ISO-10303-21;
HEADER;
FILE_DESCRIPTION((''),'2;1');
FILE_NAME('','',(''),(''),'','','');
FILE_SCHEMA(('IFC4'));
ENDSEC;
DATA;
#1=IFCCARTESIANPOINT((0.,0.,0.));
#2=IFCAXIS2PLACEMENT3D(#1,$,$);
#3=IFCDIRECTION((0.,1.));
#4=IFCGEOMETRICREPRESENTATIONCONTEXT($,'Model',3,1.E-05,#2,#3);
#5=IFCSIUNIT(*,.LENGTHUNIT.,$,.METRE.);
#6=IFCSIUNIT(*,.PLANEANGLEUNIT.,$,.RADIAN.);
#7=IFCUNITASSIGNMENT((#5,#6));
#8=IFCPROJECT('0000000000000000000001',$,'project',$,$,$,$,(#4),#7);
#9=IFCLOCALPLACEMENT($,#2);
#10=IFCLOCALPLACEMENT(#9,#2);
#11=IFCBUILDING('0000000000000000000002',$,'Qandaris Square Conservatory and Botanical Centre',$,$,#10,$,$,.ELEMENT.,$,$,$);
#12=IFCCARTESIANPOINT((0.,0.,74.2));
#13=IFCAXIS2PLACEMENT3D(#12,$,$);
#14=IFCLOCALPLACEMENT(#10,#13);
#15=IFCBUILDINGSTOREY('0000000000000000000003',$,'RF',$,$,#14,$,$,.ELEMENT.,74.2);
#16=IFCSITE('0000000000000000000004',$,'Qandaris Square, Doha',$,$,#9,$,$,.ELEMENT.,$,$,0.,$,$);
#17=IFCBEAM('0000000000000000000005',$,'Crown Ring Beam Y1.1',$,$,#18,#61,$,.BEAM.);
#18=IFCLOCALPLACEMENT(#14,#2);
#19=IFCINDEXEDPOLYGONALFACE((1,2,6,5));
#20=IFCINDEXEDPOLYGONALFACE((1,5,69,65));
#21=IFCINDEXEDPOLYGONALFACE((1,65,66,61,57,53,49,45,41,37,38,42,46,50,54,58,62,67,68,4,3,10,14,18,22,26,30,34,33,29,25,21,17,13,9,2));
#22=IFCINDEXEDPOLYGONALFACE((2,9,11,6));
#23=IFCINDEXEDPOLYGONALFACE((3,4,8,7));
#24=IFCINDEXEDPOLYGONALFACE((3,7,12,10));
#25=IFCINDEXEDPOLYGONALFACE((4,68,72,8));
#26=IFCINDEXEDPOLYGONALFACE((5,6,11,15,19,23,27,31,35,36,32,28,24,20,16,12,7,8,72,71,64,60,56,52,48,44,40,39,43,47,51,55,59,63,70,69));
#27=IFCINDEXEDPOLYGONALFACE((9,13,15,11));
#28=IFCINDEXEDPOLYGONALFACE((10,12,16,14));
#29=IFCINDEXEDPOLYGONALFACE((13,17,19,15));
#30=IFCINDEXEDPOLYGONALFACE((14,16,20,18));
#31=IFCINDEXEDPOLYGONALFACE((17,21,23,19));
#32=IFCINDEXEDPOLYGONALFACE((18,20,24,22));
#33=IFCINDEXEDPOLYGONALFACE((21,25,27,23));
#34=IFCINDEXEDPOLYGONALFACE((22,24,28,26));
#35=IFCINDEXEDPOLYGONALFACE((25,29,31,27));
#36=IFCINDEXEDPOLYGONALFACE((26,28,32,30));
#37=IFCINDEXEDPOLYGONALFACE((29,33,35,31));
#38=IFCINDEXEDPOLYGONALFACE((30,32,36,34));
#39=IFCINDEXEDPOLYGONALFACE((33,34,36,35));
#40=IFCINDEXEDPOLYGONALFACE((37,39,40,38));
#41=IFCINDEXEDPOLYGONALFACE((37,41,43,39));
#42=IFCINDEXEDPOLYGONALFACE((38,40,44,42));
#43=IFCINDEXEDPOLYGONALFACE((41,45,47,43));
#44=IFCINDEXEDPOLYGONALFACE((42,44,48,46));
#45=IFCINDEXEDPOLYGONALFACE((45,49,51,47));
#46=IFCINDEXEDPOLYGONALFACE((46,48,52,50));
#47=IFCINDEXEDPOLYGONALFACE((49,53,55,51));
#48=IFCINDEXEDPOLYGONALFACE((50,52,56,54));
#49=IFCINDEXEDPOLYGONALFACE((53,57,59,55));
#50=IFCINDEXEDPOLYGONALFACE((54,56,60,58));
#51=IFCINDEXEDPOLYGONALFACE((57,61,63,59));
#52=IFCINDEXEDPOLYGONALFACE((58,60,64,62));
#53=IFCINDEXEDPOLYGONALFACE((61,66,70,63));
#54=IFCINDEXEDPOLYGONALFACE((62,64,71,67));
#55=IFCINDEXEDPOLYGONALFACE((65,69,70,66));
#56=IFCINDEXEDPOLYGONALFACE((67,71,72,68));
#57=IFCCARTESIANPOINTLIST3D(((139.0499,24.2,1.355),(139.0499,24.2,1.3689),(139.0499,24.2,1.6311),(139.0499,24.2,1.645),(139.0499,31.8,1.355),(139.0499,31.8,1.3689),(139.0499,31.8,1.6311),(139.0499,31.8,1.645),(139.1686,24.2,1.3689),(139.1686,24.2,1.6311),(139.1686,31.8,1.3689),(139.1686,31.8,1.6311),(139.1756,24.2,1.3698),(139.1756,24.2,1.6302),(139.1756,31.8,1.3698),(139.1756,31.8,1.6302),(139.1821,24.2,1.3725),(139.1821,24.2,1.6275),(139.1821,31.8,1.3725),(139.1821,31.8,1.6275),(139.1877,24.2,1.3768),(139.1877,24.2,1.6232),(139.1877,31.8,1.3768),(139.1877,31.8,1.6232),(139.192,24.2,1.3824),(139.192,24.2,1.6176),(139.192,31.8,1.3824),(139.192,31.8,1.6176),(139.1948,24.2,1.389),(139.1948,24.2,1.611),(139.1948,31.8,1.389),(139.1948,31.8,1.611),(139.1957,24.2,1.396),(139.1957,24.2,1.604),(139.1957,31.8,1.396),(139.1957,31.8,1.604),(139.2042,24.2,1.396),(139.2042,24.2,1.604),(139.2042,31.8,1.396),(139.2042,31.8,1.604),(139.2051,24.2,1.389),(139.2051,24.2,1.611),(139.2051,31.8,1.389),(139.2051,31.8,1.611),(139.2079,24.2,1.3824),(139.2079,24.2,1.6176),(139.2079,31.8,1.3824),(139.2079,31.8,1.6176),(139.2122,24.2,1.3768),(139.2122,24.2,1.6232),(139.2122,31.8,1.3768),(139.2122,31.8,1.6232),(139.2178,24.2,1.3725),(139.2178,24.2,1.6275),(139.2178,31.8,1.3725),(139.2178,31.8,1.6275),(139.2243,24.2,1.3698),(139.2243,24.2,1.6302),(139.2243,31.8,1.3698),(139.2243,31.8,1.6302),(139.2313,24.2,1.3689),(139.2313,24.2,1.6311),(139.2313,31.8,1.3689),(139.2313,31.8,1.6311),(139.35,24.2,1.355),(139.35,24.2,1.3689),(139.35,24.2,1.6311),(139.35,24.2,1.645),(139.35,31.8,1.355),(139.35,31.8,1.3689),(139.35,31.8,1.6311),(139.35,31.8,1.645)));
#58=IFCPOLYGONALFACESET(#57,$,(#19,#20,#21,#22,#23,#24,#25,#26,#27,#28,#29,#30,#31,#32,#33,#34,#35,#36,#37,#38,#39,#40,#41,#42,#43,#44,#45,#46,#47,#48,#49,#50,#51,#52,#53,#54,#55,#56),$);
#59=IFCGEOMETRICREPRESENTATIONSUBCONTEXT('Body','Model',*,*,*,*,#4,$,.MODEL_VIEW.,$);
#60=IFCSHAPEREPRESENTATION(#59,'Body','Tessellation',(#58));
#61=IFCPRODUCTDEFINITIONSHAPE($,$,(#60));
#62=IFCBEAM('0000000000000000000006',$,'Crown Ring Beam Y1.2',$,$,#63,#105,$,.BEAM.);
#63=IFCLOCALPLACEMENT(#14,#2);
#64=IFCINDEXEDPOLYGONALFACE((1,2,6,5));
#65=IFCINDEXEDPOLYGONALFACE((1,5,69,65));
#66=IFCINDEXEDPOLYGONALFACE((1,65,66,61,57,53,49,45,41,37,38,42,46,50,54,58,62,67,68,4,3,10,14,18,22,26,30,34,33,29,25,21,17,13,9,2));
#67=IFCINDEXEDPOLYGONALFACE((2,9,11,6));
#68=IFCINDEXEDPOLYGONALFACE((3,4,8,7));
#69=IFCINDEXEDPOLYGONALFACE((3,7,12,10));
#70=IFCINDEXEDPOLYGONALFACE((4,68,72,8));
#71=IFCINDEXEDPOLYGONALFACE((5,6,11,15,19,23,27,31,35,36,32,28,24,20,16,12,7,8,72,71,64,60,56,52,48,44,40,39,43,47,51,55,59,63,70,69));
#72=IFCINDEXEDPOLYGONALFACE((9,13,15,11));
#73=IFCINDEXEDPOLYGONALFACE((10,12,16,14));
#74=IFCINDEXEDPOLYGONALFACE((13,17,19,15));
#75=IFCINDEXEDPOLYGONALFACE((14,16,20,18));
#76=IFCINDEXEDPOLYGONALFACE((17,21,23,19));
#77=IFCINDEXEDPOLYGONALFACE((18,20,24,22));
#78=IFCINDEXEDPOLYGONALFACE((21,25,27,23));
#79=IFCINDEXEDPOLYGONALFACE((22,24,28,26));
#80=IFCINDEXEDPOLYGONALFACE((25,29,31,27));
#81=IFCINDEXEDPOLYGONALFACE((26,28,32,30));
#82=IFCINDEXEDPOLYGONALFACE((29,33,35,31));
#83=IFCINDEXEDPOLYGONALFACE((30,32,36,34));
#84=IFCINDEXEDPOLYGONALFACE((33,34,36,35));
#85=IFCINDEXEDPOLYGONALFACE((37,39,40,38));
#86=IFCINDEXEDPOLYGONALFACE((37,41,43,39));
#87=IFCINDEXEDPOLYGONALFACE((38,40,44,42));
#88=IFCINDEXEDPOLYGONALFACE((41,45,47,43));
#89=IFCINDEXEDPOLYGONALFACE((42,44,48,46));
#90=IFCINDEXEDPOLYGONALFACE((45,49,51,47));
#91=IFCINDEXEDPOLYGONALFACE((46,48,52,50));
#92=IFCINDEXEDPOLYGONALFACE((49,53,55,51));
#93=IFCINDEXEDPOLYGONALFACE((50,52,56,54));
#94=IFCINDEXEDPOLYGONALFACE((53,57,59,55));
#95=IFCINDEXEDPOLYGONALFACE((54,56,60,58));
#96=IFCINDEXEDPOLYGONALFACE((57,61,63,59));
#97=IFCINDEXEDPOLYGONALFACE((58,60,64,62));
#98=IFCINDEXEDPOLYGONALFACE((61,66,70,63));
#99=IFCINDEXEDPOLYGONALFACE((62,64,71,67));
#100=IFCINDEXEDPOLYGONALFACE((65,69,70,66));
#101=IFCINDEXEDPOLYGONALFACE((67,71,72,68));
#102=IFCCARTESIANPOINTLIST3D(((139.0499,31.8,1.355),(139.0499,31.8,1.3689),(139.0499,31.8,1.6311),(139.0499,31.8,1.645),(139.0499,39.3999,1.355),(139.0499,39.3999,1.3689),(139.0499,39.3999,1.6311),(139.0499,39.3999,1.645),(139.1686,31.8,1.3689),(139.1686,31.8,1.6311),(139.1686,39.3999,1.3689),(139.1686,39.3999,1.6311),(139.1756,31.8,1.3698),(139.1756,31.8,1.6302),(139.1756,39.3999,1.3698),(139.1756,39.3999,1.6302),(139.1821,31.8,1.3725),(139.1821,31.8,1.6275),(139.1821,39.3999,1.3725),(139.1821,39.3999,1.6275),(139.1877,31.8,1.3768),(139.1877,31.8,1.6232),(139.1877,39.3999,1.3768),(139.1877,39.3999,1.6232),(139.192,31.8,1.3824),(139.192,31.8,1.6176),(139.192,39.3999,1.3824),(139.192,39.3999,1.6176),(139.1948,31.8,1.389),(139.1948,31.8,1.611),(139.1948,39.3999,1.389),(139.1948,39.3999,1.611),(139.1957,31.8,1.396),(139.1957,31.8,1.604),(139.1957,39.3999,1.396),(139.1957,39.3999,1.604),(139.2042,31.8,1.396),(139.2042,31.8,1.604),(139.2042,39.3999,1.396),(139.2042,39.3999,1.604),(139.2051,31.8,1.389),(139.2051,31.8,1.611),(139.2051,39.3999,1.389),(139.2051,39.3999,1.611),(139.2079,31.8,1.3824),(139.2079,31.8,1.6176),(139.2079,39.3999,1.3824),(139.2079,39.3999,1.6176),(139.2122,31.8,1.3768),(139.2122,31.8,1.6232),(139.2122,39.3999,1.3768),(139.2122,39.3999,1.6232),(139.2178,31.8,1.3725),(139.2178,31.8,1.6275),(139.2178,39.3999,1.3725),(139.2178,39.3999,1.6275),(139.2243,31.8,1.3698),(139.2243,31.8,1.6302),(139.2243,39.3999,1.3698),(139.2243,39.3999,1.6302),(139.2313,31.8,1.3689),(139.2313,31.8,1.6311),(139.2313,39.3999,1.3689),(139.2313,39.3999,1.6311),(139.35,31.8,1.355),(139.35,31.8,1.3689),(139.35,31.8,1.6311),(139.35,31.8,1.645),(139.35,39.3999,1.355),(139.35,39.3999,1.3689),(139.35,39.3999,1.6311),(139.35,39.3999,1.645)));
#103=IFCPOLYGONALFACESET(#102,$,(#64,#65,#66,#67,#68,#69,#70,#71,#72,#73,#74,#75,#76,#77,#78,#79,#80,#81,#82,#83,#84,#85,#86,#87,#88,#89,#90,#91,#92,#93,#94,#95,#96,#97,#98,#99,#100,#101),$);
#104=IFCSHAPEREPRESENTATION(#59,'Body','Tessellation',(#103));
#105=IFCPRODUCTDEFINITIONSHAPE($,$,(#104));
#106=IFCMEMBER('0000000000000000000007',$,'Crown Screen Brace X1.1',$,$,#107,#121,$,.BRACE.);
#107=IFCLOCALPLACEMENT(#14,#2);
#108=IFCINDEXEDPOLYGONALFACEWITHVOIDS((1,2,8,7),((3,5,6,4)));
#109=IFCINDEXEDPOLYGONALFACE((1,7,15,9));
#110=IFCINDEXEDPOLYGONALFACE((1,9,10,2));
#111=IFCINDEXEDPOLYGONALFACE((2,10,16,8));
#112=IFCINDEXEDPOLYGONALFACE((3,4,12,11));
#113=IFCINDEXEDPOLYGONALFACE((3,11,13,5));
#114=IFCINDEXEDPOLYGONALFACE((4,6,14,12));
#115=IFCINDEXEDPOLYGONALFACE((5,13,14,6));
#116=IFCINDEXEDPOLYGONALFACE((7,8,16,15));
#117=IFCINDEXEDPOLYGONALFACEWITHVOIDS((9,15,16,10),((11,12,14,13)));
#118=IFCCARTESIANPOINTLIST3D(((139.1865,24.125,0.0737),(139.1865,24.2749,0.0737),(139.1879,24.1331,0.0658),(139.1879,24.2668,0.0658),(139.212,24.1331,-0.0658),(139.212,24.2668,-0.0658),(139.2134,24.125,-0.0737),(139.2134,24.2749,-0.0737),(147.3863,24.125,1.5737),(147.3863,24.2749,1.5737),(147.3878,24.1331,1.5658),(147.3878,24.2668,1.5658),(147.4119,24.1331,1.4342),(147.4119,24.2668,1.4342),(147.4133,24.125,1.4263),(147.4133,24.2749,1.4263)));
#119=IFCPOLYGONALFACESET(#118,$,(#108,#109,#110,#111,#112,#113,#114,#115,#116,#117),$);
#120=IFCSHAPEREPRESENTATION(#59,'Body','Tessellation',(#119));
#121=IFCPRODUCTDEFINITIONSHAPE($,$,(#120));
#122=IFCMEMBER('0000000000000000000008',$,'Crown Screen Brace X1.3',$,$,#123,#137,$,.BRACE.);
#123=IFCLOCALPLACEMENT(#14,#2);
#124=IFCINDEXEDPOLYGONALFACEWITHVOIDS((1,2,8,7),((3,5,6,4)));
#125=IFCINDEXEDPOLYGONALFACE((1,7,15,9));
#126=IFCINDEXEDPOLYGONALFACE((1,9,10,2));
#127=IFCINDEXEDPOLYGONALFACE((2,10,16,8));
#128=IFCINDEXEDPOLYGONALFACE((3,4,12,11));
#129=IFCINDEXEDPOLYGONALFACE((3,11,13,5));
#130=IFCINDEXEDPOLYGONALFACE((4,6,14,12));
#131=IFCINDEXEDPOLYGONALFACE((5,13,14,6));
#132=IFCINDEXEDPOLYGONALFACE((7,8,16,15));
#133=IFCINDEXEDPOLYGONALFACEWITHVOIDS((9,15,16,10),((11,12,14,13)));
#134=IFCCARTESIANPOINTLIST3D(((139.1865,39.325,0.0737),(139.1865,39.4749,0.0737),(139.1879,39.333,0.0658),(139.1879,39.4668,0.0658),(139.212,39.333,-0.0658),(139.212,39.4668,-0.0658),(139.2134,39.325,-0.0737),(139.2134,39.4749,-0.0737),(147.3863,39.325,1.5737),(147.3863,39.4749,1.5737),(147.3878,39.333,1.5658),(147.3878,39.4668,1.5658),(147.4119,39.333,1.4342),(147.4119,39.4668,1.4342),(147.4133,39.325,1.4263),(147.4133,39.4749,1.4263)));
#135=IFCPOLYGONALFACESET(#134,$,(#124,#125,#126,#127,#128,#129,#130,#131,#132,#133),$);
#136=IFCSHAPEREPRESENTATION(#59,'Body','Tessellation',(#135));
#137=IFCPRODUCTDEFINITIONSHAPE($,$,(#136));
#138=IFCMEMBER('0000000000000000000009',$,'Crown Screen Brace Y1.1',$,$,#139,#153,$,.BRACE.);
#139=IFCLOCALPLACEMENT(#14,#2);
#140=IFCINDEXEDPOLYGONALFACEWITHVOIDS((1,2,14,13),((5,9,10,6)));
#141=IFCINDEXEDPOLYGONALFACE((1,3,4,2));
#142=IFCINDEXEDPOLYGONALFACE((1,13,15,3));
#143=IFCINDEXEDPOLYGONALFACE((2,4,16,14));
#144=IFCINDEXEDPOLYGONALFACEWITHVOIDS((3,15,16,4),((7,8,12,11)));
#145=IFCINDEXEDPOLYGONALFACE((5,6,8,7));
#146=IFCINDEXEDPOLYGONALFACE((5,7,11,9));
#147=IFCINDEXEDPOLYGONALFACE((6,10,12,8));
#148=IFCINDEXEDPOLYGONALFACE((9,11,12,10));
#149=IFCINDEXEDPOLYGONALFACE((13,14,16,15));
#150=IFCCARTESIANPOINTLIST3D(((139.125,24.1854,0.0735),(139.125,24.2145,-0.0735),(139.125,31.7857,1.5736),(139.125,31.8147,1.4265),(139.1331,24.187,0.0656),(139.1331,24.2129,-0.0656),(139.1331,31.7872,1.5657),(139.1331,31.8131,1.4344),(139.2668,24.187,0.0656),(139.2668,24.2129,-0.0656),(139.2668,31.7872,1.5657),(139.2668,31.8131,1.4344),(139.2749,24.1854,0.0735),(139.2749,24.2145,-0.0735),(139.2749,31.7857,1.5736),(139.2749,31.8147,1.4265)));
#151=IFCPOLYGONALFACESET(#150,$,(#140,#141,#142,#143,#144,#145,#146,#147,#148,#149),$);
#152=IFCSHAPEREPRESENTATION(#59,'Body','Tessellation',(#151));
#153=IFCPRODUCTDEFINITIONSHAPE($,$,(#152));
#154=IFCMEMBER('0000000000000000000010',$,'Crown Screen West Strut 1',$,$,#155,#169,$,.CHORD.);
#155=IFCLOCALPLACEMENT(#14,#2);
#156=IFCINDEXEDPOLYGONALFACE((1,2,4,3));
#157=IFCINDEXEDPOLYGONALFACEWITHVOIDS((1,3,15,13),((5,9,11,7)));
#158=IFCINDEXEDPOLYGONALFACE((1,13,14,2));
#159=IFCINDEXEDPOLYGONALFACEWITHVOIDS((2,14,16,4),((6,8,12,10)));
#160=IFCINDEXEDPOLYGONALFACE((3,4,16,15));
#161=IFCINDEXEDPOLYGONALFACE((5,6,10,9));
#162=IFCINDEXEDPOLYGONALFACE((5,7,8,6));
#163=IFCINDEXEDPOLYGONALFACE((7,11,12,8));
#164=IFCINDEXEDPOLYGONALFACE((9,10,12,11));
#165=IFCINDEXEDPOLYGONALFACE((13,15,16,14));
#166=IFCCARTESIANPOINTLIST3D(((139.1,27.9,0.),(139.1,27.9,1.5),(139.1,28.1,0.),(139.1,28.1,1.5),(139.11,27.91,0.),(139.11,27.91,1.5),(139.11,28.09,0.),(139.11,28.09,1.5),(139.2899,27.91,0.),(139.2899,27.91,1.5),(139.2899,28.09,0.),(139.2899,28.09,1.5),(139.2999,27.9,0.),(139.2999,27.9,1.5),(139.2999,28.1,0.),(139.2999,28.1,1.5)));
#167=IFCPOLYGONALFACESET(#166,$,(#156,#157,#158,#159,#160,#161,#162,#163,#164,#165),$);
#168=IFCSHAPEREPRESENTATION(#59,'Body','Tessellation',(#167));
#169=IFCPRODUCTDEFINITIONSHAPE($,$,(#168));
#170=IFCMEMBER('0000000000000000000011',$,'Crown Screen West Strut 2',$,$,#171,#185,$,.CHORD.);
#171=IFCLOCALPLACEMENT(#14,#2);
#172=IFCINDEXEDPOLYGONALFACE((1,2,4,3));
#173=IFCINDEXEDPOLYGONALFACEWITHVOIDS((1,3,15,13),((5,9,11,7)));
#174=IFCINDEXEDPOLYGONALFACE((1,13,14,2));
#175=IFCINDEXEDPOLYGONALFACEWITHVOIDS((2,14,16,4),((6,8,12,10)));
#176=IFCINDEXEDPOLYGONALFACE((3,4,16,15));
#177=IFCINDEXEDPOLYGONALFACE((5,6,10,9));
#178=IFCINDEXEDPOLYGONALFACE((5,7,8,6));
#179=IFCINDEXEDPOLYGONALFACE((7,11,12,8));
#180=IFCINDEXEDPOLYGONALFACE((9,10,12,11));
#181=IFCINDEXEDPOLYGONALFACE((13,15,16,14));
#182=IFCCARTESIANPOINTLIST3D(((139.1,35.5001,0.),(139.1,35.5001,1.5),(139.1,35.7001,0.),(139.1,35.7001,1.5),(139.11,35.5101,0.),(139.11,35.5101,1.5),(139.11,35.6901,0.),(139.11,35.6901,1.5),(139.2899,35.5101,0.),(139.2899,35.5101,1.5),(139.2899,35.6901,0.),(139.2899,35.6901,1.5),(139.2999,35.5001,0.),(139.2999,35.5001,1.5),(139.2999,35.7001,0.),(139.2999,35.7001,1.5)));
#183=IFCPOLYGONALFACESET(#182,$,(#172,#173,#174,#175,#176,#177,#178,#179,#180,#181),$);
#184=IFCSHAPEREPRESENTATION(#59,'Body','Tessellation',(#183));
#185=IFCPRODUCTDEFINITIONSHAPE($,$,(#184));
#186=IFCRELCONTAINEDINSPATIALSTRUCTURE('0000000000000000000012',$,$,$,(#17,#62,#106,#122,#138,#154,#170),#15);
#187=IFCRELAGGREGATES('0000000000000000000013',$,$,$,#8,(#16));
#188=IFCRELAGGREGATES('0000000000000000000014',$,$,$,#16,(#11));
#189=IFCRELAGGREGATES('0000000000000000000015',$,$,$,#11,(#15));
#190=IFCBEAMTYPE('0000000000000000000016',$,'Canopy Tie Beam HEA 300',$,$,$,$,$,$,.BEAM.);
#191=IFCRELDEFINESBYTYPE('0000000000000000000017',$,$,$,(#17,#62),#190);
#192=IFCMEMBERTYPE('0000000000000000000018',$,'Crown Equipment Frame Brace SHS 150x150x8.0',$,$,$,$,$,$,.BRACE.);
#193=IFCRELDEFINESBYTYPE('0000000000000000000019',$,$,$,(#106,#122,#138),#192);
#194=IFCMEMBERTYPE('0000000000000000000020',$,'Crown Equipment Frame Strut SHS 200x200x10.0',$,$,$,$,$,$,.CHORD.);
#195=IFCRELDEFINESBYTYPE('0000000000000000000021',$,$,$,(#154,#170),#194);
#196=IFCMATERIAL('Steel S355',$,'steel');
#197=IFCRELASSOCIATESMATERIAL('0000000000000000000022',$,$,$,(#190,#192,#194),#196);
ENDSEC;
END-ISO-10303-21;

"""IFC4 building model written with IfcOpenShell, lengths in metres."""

from ifc_helpers import new_model, si_unit, direction, frame, origin, origin_2d, place, context, subcontext, project, spatial, hollow_rectangle, i_section, extrude, material, material_profile, profile_set, type_object, element, save


model = new_model("IFC4")

# Units and contexts
model_context = context("Model", 3, precision=1e-05, world=origin(), true_north=direction((0.0, 1.0)))
body_context = subcontext(model_context, "Body", "Model", "MODEL_VIEW")
ifc_project = project(units=[si_unit("LENGTHUNIT", "METRE"), si_unit("PLANEANGLEUNIT", "RADIAN")], contexts=[model_context])

# Site, building, storey
site_placement = place(None, origin())
site = spatial("IfcSite", under=ifc_project, at=site_placement, Name="Qandaris Square, Doha", CompositionType="ELEMENT", RefElevation=0.0)
building_placement = place(site_placement, origin())
building = spatial("IfcBuilding", under=site, at=building_placement, Name="Qandaris Square Conservatory and Botanical Centre", CompositionType="ELEMENT")
storey_placement = place(building_placement, frame((0.0, 0.0, 74.2)))
storey = spatial("IfcBuildingStorey", under=building, at=storey_placement, Name="RF", CompositionType="ELEMENT", Elevation=74.2)

# Beams
ifc_material_1 = material(Name="Steel S355", Category="steel")
ifc_material_profile_1 = material_profile(ifc_material_1, i_section(OverallWidth=0.3, OverallDepth=0.29, WebThickness=0.0085, FlangeThickness=0.0139, FilletRadius=0.0271, at=origin_2d()), Name="HEA 300")
ifc_profile_set_1 = profile_set([ifc_material_profile_1], Name="Steel S355")
beam_type = type_object("IfcBeamType", Name="Canopy Tie Beam HEA 300", PredefinedType="BEAM", material=ifc_profile_set_1)
beam_1_placement = place(storey_placement, frame((139.2, 24.2, 1.5), z_axis=(0.0, 1.0, 0.0), x_axis=(-1.0, 0.0, 0.0)))
element("IfcBeam", 1, at=beam_1_placement, inside=storey, type_object=beam_type, Name="Crown Ring Beam Y1.1", PredefinedType="BEAM", context=body_context, shape_type="SweptSolid", body=[
    extrude(i_section(OverallWidth=0.3, OverallDepth=0.29, WebThickness=0.0085, FlangeThickness=0.0139, FilletRadius=0.0271, at=origin_2d()), origin(), (0.0, 0.0, 1.0), 7.6001),
])
beam_2_placement = place(storey_placement, frame((139.2, 31.8, 1.5), z_axis=(0.0, 1.0, 0.0), x_axis=(-1.0, 0.0, 0.0)))
element("IfcBeam", 2, at=beam_2_placement, inside=storey, type_object=beam_type, Name="Crown Ring Beam Y1.2", PredefinedType="BEAM", context=body_context, shape_type="SweptSolid", body=[
    extrude(i_section(OverallWidth=0.3, OverallDepth=0.29, WebThickness=0.0085, FlangeThickness=0.0139, FilletRadius=0.0271, at=origin_2d()), origin(), (0.0, 0.0, 1.0), 7.5999),
])

# Members
ifc_material_profile_2 = material_profile(ifc_material_1, hollow_rectangle(XDim=0.1499, YDim=0.1499, WallThickness=0.0081, at=origin_2d()), Name="SHS 150x150x8.0")
ifc_profile_set_2 = profile_set([ifc_material_profile_2], Name="Steel S355")
member_type_1 = type_object("IfcMemberType", Name="Crown Equipment Frame Brace SHS 150x150x8.0", PredefinedType="BRACE", material=ifc_profile_set_2)
for number, where, z_axis, x_axis, name in (
    (3, (139.2, 24.2, 0.0), (0.983677, 0.0, 0.179942), (0.0, 1.0, 0.0), "Crown Screen Brace X1.1"),
    (4, (139.2, 39.3999, 0.0), (0.983677, 0.0, 0.179942), (0.0, 1.0, 0.0), "Crown Screen Brace X1.3"),
):
    element("IfcMember", number, at=place(storey_placement, frame(where, z_axis=z_axis, x_axis=x_axis)), inside=storey, type_object=member_type_1, Name=name, PredefinedType="BRACE", context=body_context, shape_type="SweptSolid", body=[
        extrude(hollow_rectangle(XDim=0.1499, YDim=0.1499, WallThickness=0.0081, at=origin_2d()), origin(), (0.0, 0.0, 1.0), 8.3359),
    ])
member_placement = place(storey_placement, frame((139.2, 24.2, 0.0), z_axis=(0.0, 0.981075, 0.193631), x_axis=(-1.0, 0.0, 0.0)))
element("IfcMember", 5, at=member_placement, inside=storey, type_object=member_type_1, Name="Crown Screen Brace Y1.1", PredefinedType="BRACE", context=body_context, shape_type="SweptSolid", body=[
    extrude(hollow_rectangle(XDim=0.1499, YDim=0.1499, WallThickness=0.0081, at=origin_2d()), origin(), (0.0, 0.0, 1.0), 7.7468),
])
ifc_material_profile_3 = material_profile(ifc_material_1, hollow_rectangle(XDim=0.2, YDim=0.2, WallThickness=0.01, at=origin_2d()), Name="SHS 200x200x10.0")
ifc_profile_set_3 = profile_set([ifc_material_profile_3], Name="Steel S355")
member_type_2 = type_object("IfcMemberType", Name="Crown Equipment Frame Strut SHS 200x200x10.0", PredefinedType="CHORD", material=ifc_profile_set_3)
for number, where, z_axis, x_axis, name in (
    (6, (139.2, 28.0, 0.0), (0.0, 0.0, 1.0), (1.0, 0.0, 0.0), "Crown Screen West Strut 1"),
    (7, (139.2, 35.6001, 0.0), (0.0, 0.0, 1.0), (1.0, 0.0, 0.0), "Crown Screen West Strut 2"),
):
    element("IfcMember", number, at=place(storey_placement, frame(where, z_axis=z_axis, x_axis=x_axis)), inside=storey, type_object=member_type_2, Name=name, PredefinedType="CHORD", context=body_context, shape_type="SweptSolid", body=[
        extrude(hollow_rectangle(XDim=0.2, YDim=0.2, WallThickness=0.01, at=origin_2d()), origin(), (0.0, 0.0, 1.0), 1.5),
    ])

save(model, "model.ifc")
